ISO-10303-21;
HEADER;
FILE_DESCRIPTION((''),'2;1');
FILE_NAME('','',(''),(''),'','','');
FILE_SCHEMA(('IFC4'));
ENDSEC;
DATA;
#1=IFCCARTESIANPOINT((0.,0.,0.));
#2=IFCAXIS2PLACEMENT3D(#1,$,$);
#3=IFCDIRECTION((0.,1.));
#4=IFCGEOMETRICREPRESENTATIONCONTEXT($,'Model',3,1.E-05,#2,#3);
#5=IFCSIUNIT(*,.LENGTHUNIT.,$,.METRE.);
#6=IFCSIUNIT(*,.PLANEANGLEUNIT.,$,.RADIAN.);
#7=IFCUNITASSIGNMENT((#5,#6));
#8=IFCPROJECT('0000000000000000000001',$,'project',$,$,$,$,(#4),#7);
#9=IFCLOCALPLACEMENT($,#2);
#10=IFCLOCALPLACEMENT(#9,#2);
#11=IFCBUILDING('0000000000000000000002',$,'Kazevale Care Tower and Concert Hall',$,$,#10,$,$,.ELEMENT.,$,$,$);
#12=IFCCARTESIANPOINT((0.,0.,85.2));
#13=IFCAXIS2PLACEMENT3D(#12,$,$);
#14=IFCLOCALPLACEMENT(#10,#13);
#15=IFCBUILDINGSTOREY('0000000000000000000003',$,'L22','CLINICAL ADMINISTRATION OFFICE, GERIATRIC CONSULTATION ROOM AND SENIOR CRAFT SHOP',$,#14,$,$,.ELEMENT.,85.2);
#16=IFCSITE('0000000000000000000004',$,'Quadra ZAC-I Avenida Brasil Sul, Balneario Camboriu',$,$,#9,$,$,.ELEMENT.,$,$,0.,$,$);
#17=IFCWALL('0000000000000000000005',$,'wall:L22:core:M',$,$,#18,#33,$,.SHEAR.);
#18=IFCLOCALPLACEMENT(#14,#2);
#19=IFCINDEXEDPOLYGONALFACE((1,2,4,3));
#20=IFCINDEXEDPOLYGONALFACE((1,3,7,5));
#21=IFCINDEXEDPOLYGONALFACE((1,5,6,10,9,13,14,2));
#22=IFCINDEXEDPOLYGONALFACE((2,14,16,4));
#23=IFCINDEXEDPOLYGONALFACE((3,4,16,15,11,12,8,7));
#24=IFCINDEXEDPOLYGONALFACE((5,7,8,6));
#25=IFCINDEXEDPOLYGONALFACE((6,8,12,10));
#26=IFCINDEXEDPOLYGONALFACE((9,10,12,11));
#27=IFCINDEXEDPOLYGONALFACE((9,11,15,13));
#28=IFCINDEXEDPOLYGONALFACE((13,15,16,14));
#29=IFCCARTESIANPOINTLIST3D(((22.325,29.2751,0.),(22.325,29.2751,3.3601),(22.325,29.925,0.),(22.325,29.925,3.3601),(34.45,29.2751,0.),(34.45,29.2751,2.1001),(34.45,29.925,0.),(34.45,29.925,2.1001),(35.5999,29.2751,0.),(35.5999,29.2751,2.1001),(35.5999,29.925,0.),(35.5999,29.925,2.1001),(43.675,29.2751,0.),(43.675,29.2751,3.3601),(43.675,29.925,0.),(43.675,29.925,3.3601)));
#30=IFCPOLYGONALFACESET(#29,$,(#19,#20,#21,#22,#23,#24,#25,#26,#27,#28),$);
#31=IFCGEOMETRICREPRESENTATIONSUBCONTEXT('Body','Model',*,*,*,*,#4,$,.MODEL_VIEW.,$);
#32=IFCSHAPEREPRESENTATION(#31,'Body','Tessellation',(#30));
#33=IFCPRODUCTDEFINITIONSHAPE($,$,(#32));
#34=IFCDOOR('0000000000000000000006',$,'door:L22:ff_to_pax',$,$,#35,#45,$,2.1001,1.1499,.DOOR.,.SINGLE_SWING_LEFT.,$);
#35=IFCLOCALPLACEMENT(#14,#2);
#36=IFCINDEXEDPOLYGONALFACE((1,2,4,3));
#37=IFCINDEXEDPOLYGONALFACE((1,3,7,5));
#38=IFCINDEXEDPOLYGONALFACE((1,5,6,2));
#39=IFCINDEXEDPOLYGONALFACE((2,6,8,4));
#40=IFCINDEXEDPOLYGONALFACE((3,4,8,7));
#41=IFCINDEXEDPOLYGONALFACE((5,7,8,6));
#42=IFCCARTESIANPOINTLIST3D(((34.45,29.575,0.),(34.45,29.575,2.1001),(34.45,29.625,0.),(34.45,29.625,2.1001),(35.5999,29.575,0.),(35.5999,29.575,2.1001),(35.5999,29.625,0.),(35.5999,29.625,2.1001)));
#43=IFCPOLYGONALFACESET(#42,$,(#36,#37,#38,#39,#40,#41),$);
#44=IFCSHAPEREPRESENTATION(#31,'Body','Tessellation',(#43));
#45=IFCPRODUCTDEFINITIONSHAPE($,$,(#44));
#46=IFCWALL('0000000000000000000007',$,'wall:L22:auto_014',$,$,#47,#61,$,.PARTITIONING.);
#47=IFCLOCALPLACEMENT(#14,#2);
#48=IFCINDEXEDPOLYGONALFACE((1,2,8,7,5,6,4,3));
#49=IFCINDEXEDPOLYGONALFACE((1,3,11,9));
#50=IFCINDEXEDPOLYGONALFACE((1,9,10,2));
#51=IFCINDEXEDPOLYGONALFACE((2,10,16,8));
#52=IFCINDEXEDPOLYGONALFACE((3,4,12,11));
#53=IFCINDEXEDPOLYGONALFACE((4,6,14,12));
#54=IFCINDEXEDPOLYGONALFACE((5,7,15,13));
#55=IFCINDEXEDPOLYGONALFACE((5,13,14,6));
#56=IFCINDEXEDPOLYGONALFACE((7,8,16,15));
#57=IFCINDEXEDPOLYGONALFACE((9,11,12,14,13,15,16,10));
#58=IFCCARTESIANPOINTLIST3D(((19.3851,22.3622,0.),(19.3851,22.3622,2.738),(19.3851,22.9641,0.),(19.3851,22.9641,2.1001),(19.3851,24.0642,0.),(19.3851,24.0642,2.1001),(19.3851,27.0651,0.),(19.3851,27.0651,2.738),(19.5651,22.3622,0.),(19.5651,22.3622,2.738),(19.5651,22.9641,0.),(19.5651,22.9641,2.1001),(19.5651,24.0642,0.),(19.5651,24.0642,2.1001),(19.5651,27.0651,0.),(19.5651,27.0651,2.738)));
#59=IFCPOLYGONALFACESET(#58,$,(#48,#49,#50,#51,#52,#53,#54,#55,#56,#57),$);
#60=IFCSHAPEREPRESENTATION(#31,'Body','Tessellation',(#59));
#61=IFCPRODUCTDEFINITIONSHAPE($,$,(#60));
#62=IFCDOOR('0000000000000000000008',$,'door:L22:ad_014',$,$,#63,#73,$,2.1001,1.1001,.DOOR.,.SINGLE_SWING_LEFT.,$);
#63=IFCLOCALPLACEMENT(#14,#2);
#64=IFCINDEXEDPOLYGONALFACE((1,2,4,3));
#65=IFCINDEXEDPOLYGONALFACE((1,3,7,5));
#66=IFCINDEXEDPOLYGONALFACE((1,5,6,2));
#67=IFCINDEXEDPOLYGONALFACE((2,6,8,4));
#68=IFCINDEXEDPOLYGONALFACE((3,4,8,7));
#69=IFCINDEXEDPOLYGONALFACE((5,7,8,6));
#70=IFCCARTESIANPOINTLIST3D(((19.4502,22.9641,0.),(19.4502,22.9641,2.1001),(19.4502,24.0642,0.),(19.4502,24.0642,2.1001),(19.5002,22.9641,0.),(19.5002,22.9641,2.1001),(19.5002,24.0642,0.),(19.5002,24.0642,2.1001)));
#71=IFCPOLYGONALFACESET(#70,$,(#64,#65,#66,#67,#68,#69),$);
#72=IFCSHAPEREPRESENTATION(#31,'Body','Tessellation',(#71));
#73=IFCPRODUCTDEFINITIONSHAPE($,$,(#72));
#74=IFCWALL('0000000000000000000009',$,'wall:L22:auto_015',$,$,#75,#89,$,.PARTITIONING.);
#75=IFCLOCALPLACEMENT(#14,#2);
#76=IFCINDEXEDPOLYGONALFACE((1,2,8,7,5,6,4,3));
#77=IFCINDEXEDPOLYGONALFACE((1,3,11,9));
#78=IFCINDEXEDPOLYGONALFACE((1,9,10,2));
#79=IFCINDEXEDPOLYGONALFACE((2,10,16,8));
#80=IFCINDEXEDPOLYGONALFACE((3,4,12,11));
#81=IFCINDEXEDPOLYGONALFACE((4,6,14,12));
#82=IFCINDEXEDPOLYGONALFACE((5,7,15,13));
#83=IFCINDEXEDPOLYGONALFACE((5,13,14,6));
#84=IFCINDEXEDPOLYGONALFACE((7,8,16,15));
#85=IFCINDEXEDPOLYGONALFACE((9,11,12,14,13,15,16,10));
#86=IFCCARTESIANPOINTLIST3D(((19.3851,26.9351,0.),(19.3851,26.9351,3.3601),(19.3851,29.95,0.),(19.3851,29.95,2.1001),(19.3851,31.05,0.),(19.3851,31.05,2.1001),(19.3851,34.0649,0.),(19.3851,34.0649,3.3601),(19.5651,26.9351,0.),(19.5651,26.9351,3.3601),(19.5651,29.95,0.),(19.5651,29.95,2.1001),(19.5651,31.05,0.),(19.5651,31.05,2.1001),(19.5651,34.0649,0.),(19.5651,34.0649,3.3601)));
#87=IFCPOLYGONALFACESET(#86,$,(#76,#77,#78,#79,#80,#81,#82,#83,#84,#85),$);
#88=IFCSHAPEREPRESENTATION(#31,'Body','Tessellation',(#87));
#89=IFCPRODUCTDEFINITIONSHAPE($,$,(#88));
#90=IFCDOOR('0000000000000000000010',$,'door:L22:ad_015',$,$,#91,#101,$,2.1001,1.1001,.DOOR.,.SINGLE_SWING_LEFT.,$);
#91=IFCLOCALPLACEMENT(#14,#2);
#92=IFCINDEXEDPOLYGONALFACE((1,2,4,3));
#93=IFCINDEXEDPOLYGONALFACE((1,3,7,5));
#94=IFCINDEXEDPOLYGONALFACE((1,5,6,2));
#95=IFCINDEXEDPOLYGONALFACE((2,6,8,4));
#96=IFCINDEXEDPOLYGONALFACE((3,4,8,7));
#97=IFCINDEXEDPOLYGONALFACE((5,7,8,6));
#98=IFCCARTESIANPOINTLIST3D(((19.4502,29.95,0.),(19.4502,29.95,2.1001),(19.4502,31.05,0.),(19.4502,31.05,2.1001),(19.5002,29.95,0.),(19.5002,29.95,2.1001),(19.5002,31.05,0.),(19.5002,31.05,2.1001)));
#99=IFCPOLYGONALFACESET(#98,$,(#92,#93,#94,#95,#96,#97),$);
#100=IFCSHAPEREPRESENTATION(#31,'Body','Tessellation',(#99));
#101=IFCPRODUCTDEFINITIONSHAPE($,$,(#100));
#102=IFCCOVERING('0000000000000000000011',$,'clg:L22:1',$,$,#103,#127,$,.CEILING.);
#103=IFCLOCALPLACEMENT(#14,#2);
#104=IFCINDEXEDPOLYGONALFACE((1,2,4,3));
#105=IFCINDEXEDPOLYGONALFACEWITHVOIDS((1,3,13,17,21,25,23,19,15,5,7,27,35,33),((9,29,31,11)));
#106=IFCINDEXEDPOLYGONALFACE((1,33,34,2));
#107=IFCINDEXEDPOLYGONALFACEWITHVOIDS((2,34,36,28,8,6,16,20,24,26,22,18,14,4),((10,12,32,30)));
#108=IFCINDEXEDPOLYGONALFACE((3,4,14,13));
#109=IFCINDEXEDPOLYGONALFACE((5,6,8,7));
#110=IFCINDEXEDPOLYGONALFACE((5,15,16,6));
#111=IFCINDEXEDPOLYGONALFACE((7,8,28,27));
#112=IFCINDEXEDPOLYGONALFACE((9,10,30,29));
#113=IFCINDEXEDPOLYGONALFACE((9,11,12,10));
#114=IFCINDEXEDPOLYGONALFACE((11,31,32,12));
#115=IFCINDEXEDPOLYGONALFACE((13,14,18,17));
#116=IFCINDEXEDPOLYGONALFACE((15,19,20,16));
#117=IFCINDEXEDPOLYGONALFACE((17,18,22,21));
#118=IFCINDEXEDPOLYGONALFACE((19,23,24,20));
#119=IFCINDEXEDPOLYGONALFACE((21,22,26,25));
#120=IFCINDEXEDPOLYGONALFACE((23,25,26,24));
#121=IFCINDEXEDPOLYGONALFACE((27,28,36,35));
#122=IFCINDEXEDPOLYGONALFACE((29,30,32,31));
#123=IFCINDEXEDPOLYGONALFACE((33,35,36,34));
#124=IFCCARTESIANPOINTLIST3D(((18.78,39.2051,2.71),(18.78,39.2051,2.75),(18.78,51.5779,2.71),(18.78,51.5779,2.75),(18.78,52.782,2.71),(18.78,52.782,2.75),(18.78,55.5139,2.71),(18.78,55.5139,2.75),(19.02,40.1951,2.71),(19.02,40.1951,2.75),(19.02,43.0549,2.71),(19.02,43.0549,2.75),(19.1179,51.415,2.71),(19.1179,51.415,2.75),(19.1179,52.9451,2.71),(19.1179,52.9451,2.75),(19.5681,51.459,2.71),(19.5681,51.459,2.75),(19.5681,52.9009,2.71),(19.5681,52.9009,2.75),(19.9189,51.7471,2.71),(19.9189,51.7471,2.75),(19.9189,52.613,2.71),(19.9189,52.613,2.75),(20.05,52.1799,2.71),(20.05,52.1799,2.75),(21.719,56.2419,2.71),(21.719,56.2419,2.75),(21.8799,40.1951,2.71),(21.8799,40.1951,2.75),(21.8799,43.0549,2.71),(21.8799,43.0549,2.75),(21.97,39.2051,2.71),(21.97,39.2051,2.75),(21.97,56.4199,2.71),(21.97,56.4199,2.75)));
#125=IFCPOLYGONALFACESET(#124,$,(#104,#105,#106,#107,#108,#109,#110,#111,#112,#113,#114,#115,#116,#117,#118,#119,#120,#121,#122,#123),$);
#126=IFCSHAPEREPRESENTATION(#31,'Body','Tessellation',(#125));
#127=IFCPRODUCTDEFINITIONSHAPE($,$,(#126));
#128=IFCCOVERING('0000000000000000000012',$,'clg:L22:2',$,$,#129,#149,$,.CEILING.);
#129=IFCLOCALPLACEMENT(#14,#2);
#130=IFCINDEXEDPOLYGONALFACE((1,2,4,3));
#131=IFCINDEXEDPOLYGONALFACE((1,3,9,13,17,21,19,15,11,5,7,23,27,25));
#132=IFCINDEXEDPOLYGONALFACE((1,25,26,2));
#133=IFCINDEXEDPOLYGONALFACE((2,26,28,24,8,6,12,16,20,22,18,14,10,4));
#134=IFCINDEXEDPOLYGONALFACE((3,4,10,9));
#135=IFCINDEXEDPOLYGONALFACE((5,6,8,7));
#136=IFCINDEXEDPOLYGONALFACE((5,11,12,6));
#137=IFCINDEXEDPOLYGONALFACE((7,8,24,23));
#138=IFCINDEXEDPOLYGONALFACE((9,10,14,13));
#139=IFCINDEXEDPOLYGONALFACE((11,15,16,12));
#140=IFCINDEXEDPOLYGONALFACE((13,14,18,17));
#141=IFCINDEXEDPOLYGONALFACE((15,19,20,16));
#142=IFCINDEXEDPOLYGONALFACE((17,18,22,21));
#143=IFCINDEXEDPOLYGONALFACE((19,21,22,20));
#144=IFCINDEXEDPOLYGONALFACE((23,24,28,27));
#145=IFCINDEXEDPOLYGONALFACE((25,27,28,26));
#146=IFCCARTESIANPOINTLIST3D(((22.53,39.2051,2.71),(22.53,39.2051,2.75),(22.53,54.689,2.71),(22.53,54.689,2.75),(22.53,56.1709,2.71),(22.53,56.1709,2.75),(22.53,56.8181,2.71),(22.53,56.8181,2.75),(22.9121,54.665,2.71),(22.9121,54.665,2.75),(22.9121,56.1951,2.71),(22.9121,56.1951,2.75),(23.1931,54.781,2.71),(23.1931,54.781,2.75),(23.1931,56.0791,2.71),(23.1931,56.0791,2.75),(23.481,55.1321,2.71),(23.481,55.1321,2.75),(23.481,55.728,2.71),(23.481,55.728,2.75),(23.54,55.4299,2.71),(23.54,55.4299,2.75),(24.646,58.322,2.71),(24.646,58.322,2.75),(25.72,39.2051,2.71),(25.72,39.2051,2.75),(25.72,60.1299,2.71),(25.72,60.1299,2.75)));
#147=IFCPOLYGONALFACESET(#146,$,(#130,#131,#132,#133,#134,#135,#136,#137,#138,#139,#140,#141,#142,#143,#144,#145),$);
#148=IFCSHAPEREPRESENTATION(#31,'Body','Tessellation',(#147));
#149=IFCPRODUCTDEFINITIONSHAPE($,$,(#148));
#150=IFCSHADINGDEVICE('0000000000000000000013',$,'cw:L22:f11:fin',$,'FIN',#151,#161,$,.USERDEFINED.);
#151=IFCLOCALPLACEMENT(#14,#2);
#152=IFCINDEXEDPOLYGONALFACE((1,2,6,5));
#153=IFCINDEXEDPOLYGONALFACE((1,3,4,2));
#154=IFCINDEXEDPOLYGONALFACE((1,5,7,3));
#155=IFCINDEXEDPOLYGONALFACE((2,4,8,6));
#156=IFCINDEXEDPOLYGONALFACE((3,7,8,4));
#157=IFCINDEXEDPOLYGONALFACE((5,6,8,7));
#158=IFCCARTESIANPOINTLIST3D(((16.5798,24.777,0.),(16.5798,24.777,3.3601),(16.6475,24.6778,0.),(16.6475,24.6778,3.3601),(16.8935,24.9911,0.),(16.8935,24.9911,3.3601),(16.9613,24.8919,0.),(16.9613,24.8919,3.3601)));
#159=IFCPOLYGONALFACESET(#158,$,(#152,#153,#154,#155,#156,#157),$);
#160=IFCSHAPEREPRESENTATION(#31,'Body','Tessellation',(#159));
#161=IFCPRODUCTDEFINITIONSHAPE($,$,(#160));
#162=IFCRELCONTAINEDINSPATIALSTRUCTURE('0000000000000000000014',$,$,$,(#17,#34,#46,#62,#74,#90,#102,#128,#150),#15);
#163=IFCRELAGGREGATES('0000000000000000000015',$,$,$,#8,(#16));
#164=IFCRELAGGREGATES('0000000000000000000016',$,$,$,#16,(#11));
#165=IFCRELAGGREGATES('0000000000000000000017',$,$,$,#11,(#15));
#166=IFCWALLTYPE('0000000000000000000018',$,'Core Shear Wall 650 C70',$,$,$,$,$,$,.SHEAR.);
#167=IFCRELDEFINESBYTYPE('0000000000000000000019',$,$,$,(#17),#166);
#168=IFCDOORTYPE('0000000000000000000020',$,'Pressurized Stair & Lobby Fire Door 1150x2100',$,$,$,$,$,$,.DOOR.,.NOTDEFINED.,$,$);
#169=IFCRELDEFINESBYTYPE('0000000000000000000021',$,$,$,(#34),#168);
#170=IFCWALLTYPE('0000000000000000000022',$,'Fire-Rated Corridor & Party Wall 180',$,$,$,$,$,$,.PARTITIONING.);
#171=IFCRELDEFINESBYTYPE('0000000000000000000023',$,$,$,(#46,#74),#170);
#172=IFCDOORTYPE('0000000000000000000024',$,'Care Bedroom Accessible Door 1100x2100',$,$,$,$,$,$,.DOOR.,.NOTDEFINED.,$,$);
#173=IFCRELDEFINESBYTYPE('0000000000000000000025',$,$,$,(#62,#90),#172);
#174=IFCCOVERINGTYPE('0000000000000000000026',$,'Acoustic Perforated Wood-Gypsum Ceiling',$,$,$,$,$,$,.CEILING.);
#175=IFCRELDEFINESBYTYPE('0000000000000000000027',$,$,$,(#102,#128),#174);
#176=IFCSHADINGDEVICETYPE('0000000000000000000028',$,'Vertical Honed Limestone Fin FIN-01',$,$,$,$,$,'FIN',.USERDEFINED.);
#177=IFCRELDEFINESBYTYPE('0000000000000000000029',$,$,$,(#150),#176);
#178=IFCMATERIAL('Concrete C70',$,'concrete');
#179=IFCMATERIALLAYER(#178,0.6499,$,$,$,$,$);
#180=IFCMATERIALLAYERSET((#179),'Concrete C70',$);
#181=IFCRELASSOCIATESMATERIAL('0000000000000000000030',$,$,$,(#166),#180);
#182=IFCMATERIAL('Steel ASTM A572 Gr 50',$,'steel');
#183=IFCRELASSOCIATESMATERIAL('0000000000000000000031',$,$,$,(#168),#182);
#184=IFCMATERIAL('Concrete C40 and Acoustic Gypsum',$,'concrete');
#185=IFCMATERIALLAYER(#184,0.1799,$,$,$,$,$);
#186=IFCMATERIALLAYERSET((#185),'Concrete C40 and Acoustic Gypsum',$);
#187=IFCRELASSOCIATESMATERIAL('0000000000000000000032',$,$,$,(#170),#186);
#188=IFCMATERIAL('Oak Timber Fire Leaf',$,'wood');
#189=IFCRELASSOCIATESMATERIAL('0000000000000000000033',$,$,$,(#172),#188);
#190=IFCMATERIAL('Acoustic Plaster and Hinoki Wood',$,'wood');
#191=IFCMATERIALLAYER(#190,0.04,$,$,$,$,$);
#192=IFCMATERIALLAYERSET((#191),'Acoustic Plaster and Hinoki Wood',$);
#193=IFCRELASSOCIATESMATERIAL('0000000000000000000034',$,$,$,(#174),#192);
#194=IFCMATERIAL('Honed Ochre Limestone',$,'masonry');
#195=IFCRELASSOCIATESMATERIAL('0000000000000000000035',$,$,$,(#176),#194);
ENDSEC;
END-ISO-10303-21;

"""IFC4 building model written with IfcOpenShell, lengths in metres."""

from ifc_helpers import new_model, si_unit, direction, frame, frame_2d, origin, origin_2d, place, context, subcontext, project, spatial, polyline, rectangle, outline, extrude, material, layer, layer_set, type_object, element, fill, save


model = new_model("IFC4")

# Units and contexts
model_context = context("Model", 3, precision=1e-05, world=origin(), true_north=direction((0.0, 1.0)))
body_context = subcontext(model_context, "Body", "Model", "MODEL_VIEW")
ifc_project = project(units=[si_unit("LENGTHUNIT", "METRE"), si_unit("PLANEANGLEUNIT", "RADIAN")], contexts=[model_context])

# Site, building, storey
site_placement = place(None, origin())
site = spatial("IfcSite", under=ifc_project, at=site_placement, Name="Quadra ZAC-I Avenida Brasil Sul, Balneario Camboriu", CompositionType="ELEMENT", RefElevation=0.0)
building_placement = place(site_placement, origin())
building = spatial("IfcBuilding", under=site, at=building_placement, Name="Kazevale Care Tower and Concert Hall", CompositionType="ELEMENT")
storey_placement = place(building_placement, frame((0.0, 0.0, 85.2)))
storey = spatial("IfcBuildingStorey", under=building, at=storey_placement, Name="L22", Description="CLINICAL ADMINISTRATION OFFICE, GERIATRIC CONSULTATION ROOM AND SENIOR CRAFT SHOP", CompositionType="ELEMENT", Elevation=85.2)

# Shared definitions
ifc_material_1 = material(Name="Concrete C70", Category="concrete")

# Shared definitions
ifc_material_2 = material(Name="Steel ASTM A572 Gr 50", Category="steel")

# Shared definitions
ifc_layer_1 = layer(ifc_material_1, 0.6499)
ifc_layer_set_1 = layer_set([ifc_layer_1], Name="Concrete C70")
wall_type_1 = type_object("IfcWallType", Name="Core Shear Wall 650 C70", PredefinedType="SHEAR", material=ifc_layer_set_1)

# Walls, openings, doors
wall_1_placement = place(storey_placement, frame((22.325, 29.6001, 0.0), z_axis=(0.0, 0.0, 1.0), x_axis=(1.0, 0.0, 0.0)))
wall_1 = element("IfcWall", 1, at=wall_1_placement, inside=storey, type_object=wall_type_1, Name="wall:L22:core:M", PredefinedType="SHEAR", context=body_context, shape_type="SweptSolid", body=[
    extrude(rectangle(XDim=21.3501, YDim=0.6499, at=frame_2d((10.675, 0.0))), origin(), (0.0, 0.0, 1.0), 3.3601),
])
opening_1_placement = place(wall_1_placement, frame((12.125, 0.0, 0.0)))
opening_1 = element("IfcOpeningElement", 2, at=opening_1_placement, cuts=wall_1, PredefinedType="OPENING", context=body_context, shape_type="SweptSolid", body=[
    extrude(rectangle(XDim=1.1499, YDim=2.1001, at=frame_2d((0.575, 1.05))), frame((0.0, 0.335, 0.0), z_axis=(0.0, -1.0, 0.0), x_axis=(1.0, 0.0, 0.0)), (0.0, 0.0, 1.0), 0.6699),
])
door_type_1 = type_object("IfcDoorType", Name="Pressurized Stair & Lobby Fire Door 1150x2100", OperationType="NOTDEFINED", PredefinedType="DOOR", material=ifc_material_2)
door_1_placement = place(opening_1_placement, origin())
door_1 = element("IfcDoor", 3, at=door_1_placement, inside=storey, type_object=door_type_1, Name="door:L22:ff_to_pax", OperationType="SINGLE_SWING_LEFT", OverallHeight=2.1001, OverallWidth=1.1499, PredefinedType="DOOR", context=body_context, shape_type="SweptSolid", body=[
    extrude(rectangle(XDim=1.1499, YDim=2.1001, at=frame_2d((0.575, 1.05))), frame((0.0, 0.0249, 0.0), z_axis=(0.0, -1.0, 0.0), x_axis=(1.0, 0.0, 0.0)), (0.0, 0.0, 1.0), 0.05),
])
fill(opening_1, door_1)
ifc_material_3 = material(Name="Concrete C40 and Acoustic Gypsum", Category="concrete")
ifc_layer_2 = layer(ifc_material_3, 0.1799)
ifc_layer_set_2 = layer_set([ifc_layer_2], Name="Concrete C40 and Acoustic Gypsum")
wall_type_2 = type_object("IfcWallType", Name="Fire-Rated Corridor & Party Wall 180", PredefinedType="PARTITIONING", material=ifc_layer_set_2)
wall_2_placement = place(storey_placement, frame((19.4751, 22.3621, 0.0), z_axis=(0.0, 0.0, 1.0), x_axis=(0.0, 1.0, 0.0)))
wall_2 = element("IfcWall", 4, at=wall_2_placement, inside=storey, type_object=wall_type_2, Name="wall:L22:auto_014", PredefinedType="PARTITIONING", context=body_context, shape_type="SweptSolid", body=[
    extrude(rectangle(XDim=4.7029, YDim=0.1799, at=frame_2d((2.3516, 0.0))), origin(), (0.0, 0.0, 1.0), 2.738),
])
opening_2_placement = place(wall_2_placement, frame((0.6021, 0.0, 0.0)))
opening_2 = element("IfcOpeningElement", 5, at=opening_2_placement, cuts=wall_2, PredefinedType="OPENING", context=body_context, shape_type="SweptSolid", body=[
    extrude(rectangle(XDim=1.1001, YDim=2.1001, at=frame_2d((0.55, 1.05))), frame((0.0, 0.0999, 0.0), z_axis=(0.0, -1.0, 0.0), x_axis=(1.0, 0.0, 0.0)), (0.0, 0.0, 1.0), 0.2),
])
ifc_material_4 = material(Name="Oak Timber Fire Leaf", Category="wood")
door_type_2 = type_object("IfcDoorType", Name="Care Bedroom Accessible Door 1100x2100", OperationType="NOTDEFINED", PredefinedType="DOOR", material=ifc_material_4)
door_2_placement = place(opening_2_placement, origin())
door_2 = element("IfcDoor", 6, at=door_2_placement, inside=storey, type_object=door_type_2, Name="door:L22:ad_014", OperationType="SINGLE_SWING_LEFT", OverallHeight=2.1001, OverallWidth=1.1001, PredefinedType="DOOR", context=body_context, shape_type="SweptSolid", body=[
    extrude(rectangle(XDim=1.1001, YDim=2.1001, at=frame_2d((0.55, 1.05))), frame((0.0, 0.0249, 0.0), z_axis=(0.0, -1.0, 0.0), x_axis=(1.0, 0.0, 0.0)), (0.0, 0.0, 1.0), 0.05),
])
fill(opening_2, door_2)
wall_3_placement = place(storey_placement, frame((19.4751, 26.9351, 0.0), z_axis=(0.0, 0.0, 1.0), x_axis=(0.0, 1.0, 0.0)))
wall_3 = element("IfcWall", 7, at=wall_3_placement, inside=storey, type_object=wall_type_2, Name="wall:L22:auto_015", PredefinedType="PARTITIONING", context=body_context, shape_type="SweptSolid", body=[
    extrude(rectangle(XDim=7.1299, YDim=0.1799, at=frame_2d((3.5649, 0.0))), origin(), (0.0, 0.0, 1.0), 3.3601),
])
opening_3_placement = place(wall_3_placement, frame((3.0149, 0.0, 0.0)))
opening_3 = element("IfcOpeningElement", 8, at=opening_3_placement, cuts=wall_3, PredefinedType="OPENING", context=body_context, shape_type="SweptSolid", body=[
    extrude(rectangle(XDim=1.1001, YDim=2.1001, at=frame_2d((0.55, 1.05))), frame((0.0, 0.0999, 0.0), z_axis=(0.0, -1.0, 0.0), x_axis=(1.0, 0.0, 0.0)), (0.0, 0.0, 1.0), 0.2),
])
door_3_placement = place(opening_3_placement, origin())
door_3 = element("IfcDoor", 9, at=door_3_placement, inside=storey, type_object=door_type_2, Name="door:L22:ad_015", OperationType="SINGLE_SWING_LEFT", OverallHeight=2.1001, OverallWidth=1.1001, PredefinedType="DOOR", context=body_context, shape_type="SweptSolid", body=[
    extrude(rectangle(XDim=1.1001, YDim=2.1001, at=frame_2d((0.55, 1.05))), frame((0.0, 0.0249, 0.0), z_axis=(0.0, -1.0, 0.0), x_axis=(1.0, 0.0, 0.0)), (0.0, 0.0, 1.0), 0.05),
])
fill(opening_3, door_3)

# Coverings
ifc_material_5 = material(Name="Acoustic Plaster and Hinoki Wood", Category="wood")
ifc_layer_3 = layer(ifc_material_5, 0.04)
ifc_layer_set_3 = layer_set([ifc_layer_3], Name="Acoustic Plaster and Hinoki Wood")
covering_type = type_object("IfcCoveringType", Name="Acoustic Perforated Wood-Gypsum Ceiling", PredefinedType="CEILING", material=ifc_layer_set_3)
covering_1_placement = place(storey_placement, frame((0.0, 0.0, 2.71)))
element("IfcCovering", 10, at=covering_1_placement, inside=storey, type_object=covering_type, Name="clg:L22:1", PredefinedType="CEILING", context=body_context, shape_type="SweptSolid", body=[
    extrude(outline(polyline([(21.97, 56.4199), (21.97, 39.2051), (18.78, 39.2051), (18.78, 51.5779), (19.1179, 51.415), (19.5681, 51.459), (19.9189, 51.7471), (20.05, 52.1799), (19.9189, 52.613), (19.5681, 52.9009), (19.1179, 52.9451), (18.78, 52.782), (18.78, 55.5139), (21.719, 56.2419), (21.97, 56.4199)]), holes=[polyline([(19.02, 43.0549), (19.02, 40.1951), (21.8799, 40.1951), (21.8799, 43.0549), (19.02, 43.0549)])]), origin(), (0.0, 0.0, 1.0), 0.04),
])
covering_2_placement = place(storey_placement, frame((0.0, 0.0, 2.71)))
element("IfcCovering", 11, at=covering_2_placement, inside=storey, type_object=covering_type, Name="clg:L22:2", PredefinedType="CEILING", context=body_context, shape_type="SweptSolid", body=[
    extrude(outline(polyline([(22.53, 39.2051), (22.53, 54.689), (22.9121, 54.665), (23.1931, 54.781), (23.481, 55.1321), (23.54, 55.4299), (23.481, 55.728), (23.1931, 56.0791), (22.9121, 56.1951), (22.53, 56.1709), (22.53, 56.8181), (24.646, 58.322), (25.72, 60.1299), (25.72, 39.2051), (22.53, 39.2051)])), origin(), (0.0, 0.0, 1.0), 0.04),
])

# Shading device
ifc_material_6 = material(Name="Honed Ochre Limestone", Category="masonry")
shading_device_type = type_object("IfcShadingDeviceType", Name="Vertical Honed Limestone Fin FIN-01", ElementType="FIN", PredefinedType="USERDEFINED", material=ifc_material_6)
shading_device_placement = place(storey_placement, frame((16.7705, 24.8345, 0.0), z_axis=(0.0, 0.0, 1.0), x_axis=(-0.826, -0.56367, 0.0)))
element("IfcShadingDevice", 12, at=shading_device_placement, inside=storey, type_object=shading_device_type, Name="cw:L22:f11:fin", ObjectType="FIN", PredefinedType="USERDEFINED", context=body_context, shape_type="SweptSolid", body=[
    extrude(rectangle(XDim=0.3799, YDim=0.1201, at=origin_2d()), origin(), (0.0, 0.0, 1.0), 3.3601),
])

save(model, "model.ifc")
